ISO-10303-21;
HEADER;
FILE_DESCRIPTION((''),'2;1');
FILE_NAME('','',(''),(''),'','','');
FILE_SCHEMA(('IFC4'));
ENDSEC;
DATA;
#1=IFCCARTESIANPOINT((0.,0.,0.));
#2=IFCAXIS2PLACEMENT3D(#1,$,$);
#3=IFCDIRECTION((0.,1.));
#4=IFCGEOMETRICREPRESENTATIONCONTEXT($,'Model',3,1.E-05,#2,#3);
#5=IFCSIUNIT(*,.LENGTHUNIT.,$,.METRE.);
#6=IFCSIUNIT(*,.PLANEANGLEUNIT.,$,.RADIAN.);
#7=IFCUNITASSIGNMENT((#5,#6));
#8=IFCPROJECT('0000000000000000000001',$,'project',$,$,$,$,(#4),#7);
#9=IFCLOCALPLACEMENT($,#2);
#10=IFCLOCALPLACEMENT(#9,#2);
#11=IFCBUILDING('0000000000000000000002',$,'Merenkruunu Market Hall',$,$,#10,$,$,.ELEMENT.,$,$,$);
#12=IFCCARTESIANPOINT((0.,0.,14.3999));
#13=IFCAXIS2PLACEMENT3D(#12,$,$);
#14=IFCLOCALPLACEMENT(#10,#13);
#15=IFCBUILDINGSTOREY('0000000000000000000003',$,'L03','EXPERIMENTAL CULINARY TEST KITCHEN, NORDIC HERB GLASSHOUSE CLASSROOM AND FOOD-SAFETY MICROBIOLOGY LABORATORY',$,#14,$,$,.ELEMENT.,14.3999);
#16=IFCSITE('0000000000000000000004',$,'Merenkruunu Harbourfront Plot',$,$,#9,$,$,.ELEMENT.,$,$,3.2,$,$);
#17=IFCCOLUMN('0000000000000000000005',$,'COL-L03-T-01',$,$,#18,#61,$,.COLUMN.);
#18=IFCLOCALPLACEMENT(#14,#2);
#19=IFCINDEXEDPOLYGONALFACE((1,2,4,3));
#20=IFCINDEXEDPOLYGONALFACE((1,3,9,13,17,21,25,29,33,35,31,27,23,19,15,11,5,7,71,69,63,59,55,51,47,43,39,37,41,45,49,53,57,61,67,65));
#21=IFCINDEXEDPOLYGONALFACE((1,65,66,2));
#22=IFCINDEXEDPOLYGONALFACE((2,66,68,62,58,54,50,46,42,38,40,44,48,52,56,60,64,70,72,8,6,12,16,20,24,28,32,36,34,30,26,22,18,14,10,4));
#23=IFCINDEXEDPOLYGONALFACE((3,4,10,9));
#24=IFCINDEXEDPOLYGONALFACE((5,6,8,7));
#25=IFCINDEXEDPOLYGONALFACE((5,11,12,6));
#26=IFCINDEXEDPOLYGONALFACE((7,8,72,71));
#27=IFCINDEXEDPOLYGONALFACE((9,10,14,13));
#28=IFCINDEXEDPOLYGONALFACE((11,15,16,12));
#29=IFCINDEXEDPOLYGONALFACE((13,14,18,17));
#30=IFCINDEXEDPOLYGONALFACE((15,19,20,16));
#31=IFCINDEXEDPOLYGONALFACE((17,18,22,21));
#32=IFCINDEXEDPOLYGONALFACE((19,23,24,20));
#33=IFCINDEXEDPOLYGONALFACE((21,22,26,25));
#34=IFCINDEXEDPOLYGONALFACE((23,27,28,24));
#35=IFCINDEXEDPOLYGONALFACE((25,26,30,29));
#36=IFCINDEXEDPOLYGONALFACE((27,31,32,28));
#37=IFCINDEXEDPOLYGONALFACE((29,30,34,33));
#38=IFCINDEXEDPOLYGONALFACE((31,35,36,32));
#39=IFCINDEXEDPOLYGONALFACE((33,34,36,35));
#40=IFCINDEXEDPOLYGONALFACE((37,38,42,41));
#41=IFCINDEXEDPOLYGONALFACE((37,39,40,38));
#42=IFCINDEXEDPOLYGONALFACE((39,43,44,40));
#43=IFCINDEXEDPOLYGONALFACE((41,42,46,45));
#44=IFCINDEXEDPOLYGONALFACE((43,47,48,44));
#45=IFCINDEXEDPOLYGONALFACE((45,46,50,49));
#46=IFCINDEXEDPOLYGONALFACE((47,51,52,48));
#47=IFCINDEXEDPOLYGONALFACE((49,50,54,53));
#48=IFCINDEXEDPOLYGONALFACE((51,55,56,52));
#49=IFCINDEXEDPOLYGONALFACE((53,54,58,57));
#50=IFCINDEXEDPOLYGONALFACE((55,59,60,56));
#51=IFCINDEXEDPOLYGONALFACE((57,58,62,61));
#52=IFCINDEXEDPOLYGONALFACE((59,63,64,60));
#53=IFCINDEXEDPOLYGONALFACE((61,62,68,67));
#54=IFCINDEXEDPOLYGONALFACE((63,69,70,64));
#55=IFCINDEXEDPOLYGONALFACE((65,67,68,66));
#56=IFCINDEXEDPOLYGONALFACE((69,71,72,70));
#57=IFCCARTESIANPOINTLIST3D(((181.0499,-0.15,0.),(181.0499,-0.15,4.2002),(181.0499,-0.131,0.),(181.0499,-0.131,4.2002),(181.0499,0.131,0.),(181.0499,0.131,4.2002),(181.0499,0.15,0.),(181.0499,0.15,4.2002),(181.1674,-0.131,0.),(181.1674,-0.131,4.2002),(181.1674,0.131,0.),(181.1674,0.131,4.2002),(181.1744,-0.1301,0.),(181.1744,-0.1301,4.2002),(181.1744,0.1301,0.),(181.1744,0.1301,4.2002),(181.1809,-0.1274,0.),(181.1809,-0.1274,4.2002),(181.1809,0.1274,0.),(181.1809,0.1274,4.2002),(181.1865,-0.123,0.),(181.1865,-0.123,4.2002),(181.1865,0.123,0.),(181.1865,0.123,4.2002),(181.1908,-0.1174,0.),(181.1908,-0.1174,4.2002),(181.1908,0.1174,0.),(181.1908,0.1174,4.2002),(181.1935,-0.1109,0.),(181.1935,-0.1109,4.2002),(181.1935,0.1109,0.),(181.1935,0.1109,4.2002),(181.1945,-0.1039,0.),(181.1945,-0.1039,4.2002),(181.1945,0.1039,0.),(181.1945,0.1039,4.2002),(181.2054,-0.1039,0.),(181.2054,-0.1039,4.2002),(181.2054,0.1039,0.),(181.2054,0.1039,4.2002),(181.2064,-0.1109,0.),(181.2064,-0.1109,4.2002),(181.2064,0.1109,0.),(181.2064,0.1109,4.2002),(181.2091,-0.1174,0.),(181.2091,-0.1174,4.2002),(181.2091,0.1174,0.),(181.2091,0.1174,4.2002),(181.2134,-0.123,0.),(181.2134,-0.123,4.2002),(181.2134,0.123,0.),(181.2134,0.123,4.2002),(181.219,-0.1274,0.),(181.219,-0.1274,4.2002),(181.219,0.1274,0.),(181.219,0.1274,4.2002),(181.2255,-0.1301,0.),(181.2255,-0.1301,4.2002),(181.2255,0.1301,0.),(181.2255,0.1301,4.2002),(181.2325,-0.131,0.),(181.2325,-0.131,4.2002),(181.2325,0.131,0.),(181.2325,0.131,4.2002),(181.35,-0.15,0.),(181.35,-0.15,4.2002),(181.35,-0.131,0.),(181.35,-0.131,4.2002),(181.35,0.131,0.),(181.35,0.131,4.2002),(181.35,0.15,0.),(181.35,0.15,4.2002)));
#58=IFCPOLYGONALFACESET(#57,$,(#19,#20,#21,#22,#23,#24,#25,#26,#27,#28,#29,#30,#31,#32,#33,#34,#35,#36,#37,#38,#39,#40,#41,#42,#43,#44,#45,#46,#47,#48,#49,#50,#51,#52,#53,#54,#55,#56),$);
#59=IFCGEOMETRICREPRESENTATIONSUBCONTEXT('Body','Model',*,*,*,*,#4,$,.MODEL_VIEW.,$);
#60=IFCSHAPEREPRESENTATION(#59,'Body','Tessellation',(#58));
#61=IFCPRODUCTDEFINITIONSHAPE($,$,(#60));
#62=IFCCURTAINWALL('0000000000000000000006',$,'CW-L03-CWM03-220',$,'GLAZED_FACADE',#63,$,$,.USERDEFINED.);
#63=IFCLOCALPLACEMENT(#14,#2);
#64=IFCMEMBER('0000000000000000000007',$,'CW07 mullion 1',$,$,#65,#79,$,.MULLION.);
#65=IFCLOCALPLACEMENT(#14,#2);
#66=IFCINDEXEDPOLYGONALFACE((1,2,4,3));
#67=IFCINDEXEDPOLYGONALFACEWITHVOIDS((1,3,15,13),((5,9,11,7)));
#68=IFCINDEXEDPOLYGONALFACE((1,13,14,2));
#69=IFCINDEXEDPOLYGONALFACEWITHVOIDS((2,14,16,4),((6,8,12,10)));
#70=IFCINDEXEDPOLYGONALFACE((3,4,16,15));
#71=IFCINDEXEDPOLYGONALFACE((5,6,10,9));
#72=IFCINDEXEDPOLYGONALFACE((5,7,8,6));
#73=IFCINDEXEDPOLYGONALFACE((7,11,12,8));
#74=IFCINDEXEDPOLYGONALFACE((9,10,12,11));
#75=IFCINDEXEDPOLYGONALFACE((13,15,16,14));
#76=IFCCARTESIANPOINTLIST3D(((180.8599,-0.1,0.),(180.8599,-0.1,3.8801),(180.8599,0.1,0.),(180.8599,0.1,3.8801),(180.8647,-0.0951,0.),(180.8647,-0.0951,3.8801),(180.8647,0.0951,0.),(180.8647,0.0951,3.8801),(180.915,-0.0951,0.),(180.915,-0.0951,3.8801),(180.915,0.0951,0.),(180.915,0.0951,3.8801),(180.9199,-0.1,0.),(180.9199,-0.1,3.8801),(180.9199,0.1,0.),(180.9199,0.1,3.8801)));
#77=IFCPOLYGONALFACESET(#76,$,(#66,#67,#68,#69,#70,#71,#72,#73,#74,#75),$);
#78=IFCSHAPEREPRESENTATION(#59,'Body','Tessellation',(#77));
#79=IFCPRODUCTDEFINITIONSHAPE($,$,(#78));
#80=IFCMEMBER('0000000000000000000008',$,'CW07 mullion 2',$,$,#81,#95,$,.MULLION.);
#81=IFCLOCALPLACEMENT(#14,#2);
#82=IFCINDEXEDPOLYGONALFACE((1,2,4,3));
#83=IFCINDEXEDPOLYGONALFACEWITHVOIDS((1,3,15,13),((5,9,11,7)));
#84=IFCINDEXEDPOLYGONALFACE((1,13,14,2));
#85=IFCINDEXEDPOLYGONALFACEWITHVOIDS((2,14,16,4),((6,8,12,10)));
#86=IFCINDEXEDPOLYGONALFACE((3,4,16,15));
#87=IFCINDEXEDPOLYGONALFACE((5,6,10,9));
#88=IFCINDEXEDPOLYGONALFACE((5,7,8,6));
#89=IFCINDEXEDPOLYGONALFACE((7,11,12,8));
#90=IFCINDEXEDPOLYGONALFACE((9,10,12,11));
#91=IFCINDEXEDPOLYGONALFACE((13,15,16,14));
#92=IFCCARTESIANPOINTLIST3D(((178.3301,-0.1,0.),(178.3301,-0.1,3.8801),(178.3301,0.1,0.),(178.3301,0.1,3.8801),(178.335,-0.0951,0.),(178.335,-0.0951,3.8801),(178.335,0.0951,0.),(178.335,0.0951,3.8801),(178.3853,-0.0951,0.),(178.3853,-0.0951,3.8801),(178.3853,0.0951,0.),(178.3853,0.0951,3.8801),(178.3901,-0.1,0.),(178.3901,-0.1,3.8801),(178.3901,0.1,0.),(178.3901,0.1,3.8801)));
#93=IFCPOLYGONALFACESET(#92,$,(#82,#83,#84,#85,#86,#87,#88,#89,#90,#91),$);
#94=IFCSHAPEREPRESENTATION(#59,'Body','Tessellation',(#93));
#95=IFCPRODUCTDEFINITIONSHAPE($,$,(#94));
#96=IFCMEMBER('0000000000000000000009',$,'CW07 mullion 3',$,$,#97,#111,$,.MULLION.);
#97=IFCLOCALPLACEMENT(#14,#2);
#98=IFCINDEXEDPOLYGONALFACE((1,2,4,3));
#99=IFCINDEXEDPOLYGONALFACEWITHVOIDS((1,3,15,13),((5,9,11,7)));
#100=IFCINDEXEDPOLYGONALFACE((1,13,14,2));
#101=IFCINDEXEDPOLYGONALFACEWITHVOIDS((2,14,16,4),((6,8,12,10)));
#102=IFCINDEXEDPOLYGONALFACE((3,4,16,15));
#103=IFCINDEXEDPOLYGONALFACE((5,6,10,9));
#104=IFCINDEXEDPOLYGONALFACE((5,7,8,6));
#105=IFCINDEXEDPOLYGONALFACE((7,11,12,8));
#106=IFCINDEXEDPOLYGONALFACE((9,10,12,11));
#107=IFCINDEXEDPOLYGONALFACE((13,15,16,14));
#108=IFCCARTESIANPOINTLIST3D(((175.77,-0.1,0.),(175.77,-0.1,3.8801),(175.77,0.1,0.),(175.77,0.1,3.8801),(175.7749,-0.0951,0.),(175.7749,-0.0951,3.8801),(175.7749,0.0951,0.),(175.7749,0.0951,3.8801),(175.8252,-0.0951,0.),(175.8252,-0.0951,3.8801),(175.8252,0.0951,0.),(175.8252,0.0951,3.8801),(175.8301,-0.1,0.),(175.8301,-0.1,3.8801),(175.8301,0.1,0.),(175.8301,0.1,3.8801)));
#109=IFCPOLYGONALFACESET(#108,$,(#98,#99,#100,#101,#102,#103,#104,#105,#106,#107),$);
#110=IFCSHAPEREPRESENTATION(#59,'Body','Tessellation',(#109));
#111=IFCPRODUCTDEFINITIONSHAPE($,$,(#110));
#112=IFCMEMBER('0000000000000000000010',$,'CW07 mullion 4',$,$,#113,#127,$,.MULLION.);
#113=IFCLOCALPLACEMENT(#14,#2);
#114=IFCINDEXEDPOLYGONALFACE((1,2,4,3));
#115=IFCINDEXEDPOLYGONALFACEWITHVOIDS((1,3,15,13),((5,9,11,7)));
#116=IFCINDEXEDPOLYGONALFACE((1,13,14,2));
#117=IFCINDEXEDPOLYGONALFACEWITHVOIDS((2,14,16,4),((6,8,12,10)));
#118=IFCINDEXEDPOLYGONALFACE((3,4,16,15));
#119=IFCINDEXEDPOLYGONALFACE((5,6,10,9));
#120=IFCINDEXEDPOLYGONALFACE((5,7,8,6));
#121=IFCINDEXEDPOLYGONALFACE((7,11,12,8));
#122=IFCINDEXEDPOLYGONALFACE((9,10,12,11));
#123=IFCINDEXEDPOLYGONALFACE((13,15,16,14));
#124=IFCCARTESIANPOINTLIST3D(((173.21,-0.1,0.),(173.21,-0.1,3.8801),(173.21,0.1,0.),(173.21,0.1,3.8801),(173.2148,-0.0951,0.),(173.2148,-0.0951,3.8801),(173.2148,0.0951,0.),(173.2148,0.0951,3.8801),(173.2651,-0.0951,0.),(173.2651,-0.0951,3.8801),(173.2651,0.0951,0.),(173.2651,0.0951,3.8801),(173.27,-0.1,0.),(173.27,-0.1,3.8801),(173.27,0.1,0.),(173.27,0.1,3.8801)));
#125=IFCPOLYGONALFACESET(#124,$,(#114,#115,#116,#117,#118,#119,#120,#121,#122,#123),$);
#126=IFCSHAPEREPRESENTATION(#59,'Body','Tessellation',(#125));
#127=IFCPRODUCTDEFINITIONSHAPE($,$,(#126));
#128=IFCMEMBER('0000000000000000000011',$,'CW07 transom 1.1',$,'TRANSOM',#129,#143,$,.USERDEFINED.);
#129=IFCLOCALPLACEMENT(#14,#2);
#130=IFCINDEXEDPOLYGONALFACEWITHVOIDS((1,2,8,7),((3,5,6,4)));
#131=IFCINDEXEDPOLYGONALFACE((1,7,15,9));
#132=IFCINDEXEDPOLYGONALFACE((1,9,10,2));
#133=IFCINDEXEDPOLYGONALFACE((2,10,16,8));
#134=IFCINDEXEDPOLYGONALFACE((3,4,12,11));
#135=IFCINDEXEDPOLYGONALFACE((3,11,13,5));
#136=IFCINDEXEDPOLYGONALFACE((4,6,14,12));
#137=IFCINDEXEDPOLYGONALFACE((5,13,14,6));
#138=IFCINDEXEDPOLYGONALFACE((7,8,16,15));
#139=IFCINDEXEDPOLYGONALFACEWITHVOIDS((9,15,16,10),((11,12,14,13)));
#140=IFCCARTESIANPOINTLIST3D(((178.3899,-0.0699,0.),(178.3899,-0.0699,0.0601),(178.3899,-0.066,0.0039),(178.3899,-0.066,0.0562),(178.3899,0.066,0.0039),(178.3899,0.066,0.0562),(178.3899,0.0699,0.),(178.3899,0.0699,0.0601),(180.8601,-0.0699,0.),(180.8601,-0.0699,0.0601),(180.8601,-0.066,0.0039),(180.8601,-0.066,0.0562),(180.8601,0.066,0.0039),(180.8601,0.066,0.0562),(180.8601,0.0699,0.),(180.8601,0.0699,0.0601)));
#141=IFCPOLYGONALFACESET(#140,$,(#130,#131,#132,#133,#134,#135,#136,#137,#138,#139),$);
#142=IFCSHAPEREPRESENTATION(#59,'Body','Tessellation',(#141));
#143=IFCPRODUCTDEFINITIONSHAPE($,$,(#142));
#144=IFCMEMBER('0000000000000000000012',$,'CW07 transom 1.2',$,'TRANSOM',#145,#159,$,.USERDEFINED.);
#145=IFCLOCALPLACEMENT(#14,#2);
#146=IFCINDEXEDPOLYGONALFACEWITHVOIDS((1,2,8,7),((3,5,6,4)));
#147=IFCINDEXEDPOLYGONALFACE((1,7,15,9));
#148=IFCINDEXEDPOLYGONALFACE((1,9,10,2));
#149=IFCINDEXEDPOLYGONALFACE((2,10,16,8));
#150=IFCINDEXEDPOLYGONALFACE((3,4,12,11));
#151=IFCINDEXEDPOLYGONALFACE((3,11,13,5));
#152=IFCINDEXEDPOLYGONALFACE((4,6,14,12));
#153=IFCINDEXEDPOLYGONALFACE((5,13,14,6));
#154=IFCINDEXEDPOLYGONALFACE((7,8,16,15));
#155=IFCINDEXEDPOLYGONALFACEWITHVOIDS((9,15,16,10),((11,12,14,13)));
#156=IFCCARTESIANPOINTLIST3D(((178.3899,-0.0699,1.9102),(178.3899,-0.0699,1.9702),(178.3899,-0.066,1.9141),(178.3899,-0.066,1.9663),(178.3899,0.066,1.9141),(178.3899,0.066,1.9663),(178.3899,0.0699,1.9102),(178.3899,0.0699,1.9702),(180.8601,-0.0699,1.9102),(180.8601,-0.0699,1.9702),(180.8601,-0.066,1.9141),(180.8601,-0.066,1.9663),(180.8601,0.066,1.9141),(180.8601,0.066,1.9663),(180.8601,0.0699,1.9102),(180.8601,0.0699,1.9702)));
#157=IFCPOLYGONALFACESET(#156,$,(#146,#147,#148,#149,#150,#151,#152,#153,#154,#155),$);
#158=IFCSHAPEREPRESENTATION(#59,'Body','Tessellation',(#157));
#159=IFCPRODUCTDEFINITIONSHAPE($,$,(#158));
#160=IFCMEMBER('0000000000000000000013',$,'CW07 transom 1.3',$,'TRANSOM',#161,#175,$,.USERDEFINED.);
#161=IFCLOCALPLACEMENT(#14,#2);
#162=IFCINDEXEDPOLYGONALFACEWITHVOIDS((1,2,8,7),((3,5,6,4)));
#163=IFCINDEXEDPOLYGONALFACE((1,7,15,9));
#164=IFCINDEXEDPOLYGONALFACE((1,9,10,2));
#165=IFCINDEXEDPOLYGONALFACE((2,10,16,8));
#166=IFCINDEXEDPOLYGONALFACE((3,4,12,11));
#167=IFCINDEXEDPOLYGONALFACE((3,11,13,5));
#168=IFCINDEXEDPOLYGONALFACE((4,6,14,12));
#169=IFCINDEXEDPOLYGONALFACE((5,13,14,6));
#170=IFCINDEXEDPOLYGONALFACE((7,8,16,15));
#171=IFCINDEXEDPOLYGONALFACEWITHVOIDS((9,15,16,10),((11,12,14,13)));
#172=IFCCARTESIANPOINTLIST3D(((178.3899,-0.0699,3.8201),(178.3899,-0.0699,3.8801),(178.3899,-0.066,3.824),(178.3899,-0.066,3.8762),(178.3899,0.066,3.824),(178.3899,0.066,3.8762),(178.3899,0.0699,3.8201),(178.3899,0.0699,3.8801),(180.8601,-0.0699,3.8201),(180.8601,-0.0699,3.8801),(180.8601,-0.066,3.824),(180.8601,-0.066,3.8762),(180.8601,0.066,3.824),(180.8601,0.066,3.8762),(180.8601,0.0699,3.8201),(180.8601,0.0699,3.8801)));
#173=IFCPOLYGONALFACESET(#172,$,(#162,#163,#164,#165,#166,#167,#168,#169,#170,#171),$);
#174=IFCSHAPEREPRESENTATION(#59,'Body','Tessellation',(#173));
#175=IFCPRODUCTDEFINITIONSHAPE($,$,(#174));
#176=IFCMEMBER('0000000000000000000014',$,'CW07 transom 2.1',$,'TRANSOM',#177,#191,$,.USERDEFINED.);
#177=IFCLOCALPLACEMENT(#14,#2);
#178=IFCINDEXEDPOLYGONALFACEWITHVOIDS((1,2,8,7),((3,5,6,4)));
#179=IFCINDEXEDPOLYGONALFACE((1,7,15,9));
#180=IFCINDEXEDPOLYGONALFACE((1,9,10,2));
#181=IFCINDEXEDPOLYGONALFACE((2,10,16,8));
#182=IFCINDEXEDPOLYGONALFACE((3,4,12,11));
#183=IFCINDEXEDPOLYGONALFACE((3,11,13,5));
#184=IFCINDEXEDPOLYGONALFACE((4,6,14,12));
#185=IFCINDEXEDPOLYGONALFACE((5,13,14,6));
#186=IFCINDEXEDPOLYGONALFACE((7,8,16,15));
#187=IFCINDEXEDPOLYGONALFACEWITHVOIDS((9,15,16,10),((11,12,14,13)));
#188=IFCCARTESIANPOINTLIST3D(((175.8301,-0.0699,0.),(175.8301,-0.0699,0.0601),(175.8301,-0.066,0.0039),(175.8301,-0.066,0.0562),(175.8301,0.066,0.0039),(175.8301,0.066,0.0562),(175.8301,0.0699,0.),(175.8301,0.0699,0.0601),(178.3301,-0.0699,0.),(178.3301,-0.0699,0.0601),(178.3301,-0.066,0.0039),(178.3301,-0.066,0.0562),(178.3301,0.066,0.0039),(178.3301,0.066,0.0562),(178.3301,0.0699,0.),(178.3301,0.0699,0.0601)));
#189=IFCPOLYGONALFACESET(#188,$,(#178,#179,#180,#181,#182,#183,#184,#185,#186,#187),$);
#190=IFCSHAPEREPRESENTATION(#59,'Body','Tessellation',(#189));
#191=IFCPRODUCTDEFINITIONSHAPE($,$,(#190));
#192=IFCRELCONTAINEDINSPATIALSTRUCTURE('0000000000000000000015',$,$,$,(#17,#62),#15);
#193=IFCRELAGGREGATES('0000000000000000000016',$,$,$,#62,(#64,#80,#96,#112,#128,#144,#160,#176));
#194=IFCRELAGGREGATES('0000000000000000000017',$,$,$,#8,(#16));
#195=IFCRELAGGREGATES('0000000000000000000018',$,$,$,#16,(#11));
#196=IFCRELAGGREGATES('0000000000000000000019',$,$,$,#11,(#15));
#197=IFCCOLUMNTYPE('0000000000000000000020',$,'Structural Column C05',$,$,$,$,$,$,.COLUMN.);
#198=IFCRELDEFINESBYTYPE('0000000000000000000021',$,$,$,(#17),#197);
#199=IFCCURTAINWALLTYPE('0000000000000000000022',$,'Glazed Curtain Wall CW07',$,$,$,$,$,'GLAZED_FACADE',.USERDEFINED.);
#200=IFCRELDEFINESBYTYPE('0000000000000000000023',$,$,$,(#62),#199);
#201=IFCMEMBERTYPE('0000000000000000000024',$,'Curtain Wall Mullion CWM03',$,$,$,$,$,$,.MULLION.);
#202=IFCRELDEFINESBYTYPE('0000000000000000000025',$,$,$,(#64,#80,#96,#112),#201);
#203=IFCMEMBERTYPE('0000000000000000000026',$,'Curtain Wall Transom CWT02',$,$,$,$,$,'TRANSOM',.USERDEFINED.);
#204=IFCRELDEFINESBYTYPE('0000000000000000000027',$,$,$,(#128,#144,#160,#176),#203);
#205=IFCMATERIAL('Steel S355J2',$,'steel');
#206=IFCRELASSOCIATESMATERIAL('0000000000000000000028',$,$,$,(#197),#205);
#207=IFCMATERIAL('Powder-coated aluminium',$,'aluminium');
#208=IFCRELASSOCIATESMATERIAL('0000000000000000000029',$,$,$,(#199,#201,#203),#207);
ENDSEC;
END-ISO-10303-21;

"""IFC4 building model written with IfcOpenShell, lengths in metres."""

from ifc_helpers import new_model, si_unit, direction, frame, origin, origin_2d, place, context, subcontext, project, spatial, hollow_rectangle, i_section, extrude, material, material_profile, profile_set, type_object, element, aggregate, save


model = new_model("IFC4")

# Units and contexts
model_context = context("Model", 3, precision=1e-05, world=origin(), true_north=direction((0.0, 1.0)))
body_context = subcontext(model_context, "Body", "Model", "MODEL_VIEW")
ifc_project = project(units=[si_unit("LENGTHUNIT", "METRE"), si_unit("PLANEANGLEUNIT", "RADIAN")], contexts=[model_context])

# Site, building, storey
site_placement = place(None, origin())
site = spatial("IfcSite", under=ifc_project, at=site_placement, Name="Merenkruunu Harbourfront Plot", CompositionType="ELEMENT", RefElevation=3.2)
building_placement = place(site_placement, origin())
building = spatial("IfcBuilding", under=site, at=building_placement, Name="Merenkruunu Market Hall", CompositionType="ELEMENT")
storey_placement = place(building_placement, frame((0.0, 0.0, 14.3999)))
storey = spatial("IfcBuildingStorey", under=building, at=storey_placement, Name="L03", Description="EXPERIMENTAL CULINARY TEST KITCHEN, NORDIC HERB GLASSHOUSE CLASSROOM AND FOOD-SAFETY MICROBIOLOGY LABORATORY", CompositionType="ELEMENT", Elevation=14.3999)

# Column
ifc_material_1 = material(Name="Steel S355J2", Category="steel")
ifc_material_profile_1 = material_profile(ifc_material_1, i_section(OverallWidth=0.3, OverallDepth=0.3, WebThickness=0.011, FlangeThickness=0.019, FilletRadius=0.0271, at=origin_2d()), Name="HEB 300")
ifc_profile_set_1 = profile_set([ifc_material_profile_1], Name="Steel S355J2")
column_type = type_object("IfcColumnType", Name="Structural Column C05", PredefinedType="COLUMN", material=ifc_profile_set_1)
column_placement = place(storey_placement, frame((181.2, 0.0, 0.0), z_axis=(0.0, 0.0, 1.0), x_axis=(1.0, 0.0, 0.0)))
element("IfcColumn", 1, at=column_placement, inside=storey, type_object=column_type, Name="COL-L03-T-01", PredefinedType="COLUMN", context=body_context, shape_type="SweptSolid", body=[
    extrude(i_section(OverallWidth=0.3, OverallDepth=0.3, WebThickness=0.011, FlangeThickness=0.019, FilletRadius=0.0271, at=origin_2d()), origin(), (0.0, 0.0, 1.0), 4.2002),
])

# Curtain wall, members
ifc_material_2 = material(Name="Powder-coated aluminium", Category="aluminium")
curtain_wall_type = type_object("IfcCurtainWallType", Name="Glazed Curtain Wall CW07", ElementType="GLAZED_FACADE", PredefinedType="USERDEFINED", material=ifc_material_2)
curtain_wall_placement = place(storey_placement, origin())
curtain_wall = element("IfcCurtainWall", 2, at=curtain_wall_placement, inside=storey, type_object=curtain_wall_type, Name="CW-L03-CWM03-220", ObjectType="GLAZED_FACADE", PredefinedType="USERDEFINED")
ifc_material_profile_2 = material_profile(ifc_material_2, hollow_rectangle(XDim=0.0601, YDim=0.2, WallThickness=0.0049, at=origin_2d()), Name="ALU 60x200x5")
ifc_profile_set_2 = profile_set([ifc_material_profile_2], Name="Powder-coated aluminium")
member_type_1 = type_object("IfcMemberType", Name="Curtain Wall Mullion CWM03", PredefinedType="MULLION", material=ifc_profile_set_2)
member_1_placement = place(storey_placement, frame((180.8899, 0.0, 0.0), z_axis=(0.0, 0.0, 1.0), x_axis=(-1.0, 0.0, 0.0)))
member_1 = element("IfcMember", 3, at=member_1_placement, type_object=member_type_1, Name="CW07 mullion 1", PredefinedType="MULLION", context=body_context, shape_type="SweptSolid", body=[
    extrude(hollow_rectangle(XDim=0.0601, YDim=0.2, WallThickness=0.0049, at=origin_2d()), origin(), (0.0, 0.0, 1.0), 3.8801),
])
member_2_placement = place(storey_placement, frame((178.3601, 0.0, 0.0), z_axis=(0.0, 0.0, 1.0), x_axis=(-1.0, 0.0, 0.0)))
member_2 = element("IfcMember", 4, at=member_2_placement, type_object=member_type_1, Name="CW07 mullion 2", PredefinedType="MULLION", context=body_context, shape_type="SweptSolid", body=[
    extrude(hollow_rectangle(XDim=0.0601, YDim=0.2, WallThickness=0.0049, at=origin_2d()), origin(), (0.0, 0.0, 1.0), 3.8801),
])
member_3_placement = place(storey_placement, frame((175.8, 0.0, 0.0), z_axis=(0.0, 0.0, 1.0), x_axis=(-1.0, 0.0, 0.0)))
member_3 = element("IfcMember", 5, at=member_3_placement, type_object=member_type_1, Name="CW07 mullion 3", PredefinedType="MULLION", context=body_context, shape_type="SweptSolid", body=[
    extrude(hollow_rectangle(XDim=0.0601, YDim=0.2, WallThickness=0.0049, at=origin_2d()), origin(), (0.0, 0.0, 1.0), 3.8801),
])
member_4_placement = place(storey_placement, frame((173.24, 0.0, 0.0), z_axis=(0.0, 0.0, 1.0), x_axis=(-1.0, 0.0, 0.0)))
member_4 = element("IfcMember", 6, at=member_4_placement, type_object=member_type_1, Name="CW07 mullion 4", PredefinedType="MULLION", context=body_context, shape_type="SweptSolid", body=[
    extrude(hollow_rectangle(XDim=0.0601, YDim=0.2, WallThickness=0.0049, at=origin_2d()), origin(), (0.0, 0.0, 1.0), 3.8801),
])
ifc_material_profile_3 = material_profile(ifc_material_2, hollow_rectangle(XDim=0.0601, YDim=0.1399, WallThickness=0.0039, at=origin_2d()), Name="ALU 60x140x4")
ifc_profile_set_3 = profile_set([ifc_material_profile_3], Name="Powder-coated aluminium")
member_type_2 = type_object("IfcMemberType", Name="Curtain Wall Transom CWT02", ElementType="TRANSOM", PredefinedType="USERDEFINED", material=ifc_profile_set_3)
member_5_placement = place(storey_placement, frame((180.8601, 0.0, 0.03), z_axis=(-1.0, 0.0, 0.0), x_axis=(0.0, 0.0, 1.0)))
member_5 = element("IfcMember", 7, at=member_5_placement, type_object=member_type_2, Name="CW07 transom 1.1", ObjectType="TRANSOM", PredefinedType="USERDEFINED", context=body_context, shape_type="SweptSolid", body=[
    extrude(hollow_rectangle(XDim=0.0601, YDim=0.1399, WallThickness=0.0039, at=origin_2d()), origin(), (0.0, 0.0, 1.0), 2.4702),
])
member_6_placement = place(storey_placement, frame((180.8601, 0.0, 1.9402), z_axis=(-1.0, 0.0, 0.0), x_axis=(0.0, 0.0, 1.0)))
member_6 = element("IfcMember", 8, at=member_6_placement, type_object=member_type_2, Name="CW07 transom 1.2", ObjectType="TRANSOM", PredefinedType="USERDEFINED", context=body_context, shape_type="SweptSolid", body=[
    extrude(hollow_rectangle(XDim=0.0601, YDim=0.1399, WallThickness=0.0039, at=origin_2d()), origin(), (0.0, 0.0, 1.0), 2.4702),
])
member_7_placement = place(storey_placement, frame((180.8601, 0.0, 3.8501), z_axis=(-1.0, 0.0, 0.0), x_axis=(0.0, 0.0, 1.0)))
member_7 = element("IfcMember", 9, at=member_7_placement, type_object=member_type_2, Name="CW07 transom 1.3", ObjectType="TRANSOM", PredefinedType="USERDEFINED", context=body_context, shape_type="SweptSolid", body=[
    extrude(hollow_rectangle(XDim=0.0601, YDim=0.1399, WallThickness=0.0039, at=origin_2d()), origin(), (0.0, 0.0, 1.0), 2.4702),
])
member_8_placement = place(storey_placement, frame((178.3301, 0.0, 0.03), z_axis=(-1.0, 0.0, 0.0), x_axis=(0.0, 0.0, 1.0)))
member_8 = element("IfcMember", 10, at=member_8_placement, type_object=member_type_2, Name="CW07 transom 2.1", ObjectType="TRANSOM", PredefinedType="USERDEFINED", context=body_context, shape_type="SweptSolid", body=[
    extrude(hollow_rectangle(XDim=0.0601, YDim=0.1399, WallThickness=0.0039, at=origin_2d()), origin(), (0.0, 0.0, 1.0), 2.5),
])

aggregate(curtain_wall, [member_1, member_2, member_3, member_4, member_5, member_6, member_7, member_8])

save(model, "model.ifc")
